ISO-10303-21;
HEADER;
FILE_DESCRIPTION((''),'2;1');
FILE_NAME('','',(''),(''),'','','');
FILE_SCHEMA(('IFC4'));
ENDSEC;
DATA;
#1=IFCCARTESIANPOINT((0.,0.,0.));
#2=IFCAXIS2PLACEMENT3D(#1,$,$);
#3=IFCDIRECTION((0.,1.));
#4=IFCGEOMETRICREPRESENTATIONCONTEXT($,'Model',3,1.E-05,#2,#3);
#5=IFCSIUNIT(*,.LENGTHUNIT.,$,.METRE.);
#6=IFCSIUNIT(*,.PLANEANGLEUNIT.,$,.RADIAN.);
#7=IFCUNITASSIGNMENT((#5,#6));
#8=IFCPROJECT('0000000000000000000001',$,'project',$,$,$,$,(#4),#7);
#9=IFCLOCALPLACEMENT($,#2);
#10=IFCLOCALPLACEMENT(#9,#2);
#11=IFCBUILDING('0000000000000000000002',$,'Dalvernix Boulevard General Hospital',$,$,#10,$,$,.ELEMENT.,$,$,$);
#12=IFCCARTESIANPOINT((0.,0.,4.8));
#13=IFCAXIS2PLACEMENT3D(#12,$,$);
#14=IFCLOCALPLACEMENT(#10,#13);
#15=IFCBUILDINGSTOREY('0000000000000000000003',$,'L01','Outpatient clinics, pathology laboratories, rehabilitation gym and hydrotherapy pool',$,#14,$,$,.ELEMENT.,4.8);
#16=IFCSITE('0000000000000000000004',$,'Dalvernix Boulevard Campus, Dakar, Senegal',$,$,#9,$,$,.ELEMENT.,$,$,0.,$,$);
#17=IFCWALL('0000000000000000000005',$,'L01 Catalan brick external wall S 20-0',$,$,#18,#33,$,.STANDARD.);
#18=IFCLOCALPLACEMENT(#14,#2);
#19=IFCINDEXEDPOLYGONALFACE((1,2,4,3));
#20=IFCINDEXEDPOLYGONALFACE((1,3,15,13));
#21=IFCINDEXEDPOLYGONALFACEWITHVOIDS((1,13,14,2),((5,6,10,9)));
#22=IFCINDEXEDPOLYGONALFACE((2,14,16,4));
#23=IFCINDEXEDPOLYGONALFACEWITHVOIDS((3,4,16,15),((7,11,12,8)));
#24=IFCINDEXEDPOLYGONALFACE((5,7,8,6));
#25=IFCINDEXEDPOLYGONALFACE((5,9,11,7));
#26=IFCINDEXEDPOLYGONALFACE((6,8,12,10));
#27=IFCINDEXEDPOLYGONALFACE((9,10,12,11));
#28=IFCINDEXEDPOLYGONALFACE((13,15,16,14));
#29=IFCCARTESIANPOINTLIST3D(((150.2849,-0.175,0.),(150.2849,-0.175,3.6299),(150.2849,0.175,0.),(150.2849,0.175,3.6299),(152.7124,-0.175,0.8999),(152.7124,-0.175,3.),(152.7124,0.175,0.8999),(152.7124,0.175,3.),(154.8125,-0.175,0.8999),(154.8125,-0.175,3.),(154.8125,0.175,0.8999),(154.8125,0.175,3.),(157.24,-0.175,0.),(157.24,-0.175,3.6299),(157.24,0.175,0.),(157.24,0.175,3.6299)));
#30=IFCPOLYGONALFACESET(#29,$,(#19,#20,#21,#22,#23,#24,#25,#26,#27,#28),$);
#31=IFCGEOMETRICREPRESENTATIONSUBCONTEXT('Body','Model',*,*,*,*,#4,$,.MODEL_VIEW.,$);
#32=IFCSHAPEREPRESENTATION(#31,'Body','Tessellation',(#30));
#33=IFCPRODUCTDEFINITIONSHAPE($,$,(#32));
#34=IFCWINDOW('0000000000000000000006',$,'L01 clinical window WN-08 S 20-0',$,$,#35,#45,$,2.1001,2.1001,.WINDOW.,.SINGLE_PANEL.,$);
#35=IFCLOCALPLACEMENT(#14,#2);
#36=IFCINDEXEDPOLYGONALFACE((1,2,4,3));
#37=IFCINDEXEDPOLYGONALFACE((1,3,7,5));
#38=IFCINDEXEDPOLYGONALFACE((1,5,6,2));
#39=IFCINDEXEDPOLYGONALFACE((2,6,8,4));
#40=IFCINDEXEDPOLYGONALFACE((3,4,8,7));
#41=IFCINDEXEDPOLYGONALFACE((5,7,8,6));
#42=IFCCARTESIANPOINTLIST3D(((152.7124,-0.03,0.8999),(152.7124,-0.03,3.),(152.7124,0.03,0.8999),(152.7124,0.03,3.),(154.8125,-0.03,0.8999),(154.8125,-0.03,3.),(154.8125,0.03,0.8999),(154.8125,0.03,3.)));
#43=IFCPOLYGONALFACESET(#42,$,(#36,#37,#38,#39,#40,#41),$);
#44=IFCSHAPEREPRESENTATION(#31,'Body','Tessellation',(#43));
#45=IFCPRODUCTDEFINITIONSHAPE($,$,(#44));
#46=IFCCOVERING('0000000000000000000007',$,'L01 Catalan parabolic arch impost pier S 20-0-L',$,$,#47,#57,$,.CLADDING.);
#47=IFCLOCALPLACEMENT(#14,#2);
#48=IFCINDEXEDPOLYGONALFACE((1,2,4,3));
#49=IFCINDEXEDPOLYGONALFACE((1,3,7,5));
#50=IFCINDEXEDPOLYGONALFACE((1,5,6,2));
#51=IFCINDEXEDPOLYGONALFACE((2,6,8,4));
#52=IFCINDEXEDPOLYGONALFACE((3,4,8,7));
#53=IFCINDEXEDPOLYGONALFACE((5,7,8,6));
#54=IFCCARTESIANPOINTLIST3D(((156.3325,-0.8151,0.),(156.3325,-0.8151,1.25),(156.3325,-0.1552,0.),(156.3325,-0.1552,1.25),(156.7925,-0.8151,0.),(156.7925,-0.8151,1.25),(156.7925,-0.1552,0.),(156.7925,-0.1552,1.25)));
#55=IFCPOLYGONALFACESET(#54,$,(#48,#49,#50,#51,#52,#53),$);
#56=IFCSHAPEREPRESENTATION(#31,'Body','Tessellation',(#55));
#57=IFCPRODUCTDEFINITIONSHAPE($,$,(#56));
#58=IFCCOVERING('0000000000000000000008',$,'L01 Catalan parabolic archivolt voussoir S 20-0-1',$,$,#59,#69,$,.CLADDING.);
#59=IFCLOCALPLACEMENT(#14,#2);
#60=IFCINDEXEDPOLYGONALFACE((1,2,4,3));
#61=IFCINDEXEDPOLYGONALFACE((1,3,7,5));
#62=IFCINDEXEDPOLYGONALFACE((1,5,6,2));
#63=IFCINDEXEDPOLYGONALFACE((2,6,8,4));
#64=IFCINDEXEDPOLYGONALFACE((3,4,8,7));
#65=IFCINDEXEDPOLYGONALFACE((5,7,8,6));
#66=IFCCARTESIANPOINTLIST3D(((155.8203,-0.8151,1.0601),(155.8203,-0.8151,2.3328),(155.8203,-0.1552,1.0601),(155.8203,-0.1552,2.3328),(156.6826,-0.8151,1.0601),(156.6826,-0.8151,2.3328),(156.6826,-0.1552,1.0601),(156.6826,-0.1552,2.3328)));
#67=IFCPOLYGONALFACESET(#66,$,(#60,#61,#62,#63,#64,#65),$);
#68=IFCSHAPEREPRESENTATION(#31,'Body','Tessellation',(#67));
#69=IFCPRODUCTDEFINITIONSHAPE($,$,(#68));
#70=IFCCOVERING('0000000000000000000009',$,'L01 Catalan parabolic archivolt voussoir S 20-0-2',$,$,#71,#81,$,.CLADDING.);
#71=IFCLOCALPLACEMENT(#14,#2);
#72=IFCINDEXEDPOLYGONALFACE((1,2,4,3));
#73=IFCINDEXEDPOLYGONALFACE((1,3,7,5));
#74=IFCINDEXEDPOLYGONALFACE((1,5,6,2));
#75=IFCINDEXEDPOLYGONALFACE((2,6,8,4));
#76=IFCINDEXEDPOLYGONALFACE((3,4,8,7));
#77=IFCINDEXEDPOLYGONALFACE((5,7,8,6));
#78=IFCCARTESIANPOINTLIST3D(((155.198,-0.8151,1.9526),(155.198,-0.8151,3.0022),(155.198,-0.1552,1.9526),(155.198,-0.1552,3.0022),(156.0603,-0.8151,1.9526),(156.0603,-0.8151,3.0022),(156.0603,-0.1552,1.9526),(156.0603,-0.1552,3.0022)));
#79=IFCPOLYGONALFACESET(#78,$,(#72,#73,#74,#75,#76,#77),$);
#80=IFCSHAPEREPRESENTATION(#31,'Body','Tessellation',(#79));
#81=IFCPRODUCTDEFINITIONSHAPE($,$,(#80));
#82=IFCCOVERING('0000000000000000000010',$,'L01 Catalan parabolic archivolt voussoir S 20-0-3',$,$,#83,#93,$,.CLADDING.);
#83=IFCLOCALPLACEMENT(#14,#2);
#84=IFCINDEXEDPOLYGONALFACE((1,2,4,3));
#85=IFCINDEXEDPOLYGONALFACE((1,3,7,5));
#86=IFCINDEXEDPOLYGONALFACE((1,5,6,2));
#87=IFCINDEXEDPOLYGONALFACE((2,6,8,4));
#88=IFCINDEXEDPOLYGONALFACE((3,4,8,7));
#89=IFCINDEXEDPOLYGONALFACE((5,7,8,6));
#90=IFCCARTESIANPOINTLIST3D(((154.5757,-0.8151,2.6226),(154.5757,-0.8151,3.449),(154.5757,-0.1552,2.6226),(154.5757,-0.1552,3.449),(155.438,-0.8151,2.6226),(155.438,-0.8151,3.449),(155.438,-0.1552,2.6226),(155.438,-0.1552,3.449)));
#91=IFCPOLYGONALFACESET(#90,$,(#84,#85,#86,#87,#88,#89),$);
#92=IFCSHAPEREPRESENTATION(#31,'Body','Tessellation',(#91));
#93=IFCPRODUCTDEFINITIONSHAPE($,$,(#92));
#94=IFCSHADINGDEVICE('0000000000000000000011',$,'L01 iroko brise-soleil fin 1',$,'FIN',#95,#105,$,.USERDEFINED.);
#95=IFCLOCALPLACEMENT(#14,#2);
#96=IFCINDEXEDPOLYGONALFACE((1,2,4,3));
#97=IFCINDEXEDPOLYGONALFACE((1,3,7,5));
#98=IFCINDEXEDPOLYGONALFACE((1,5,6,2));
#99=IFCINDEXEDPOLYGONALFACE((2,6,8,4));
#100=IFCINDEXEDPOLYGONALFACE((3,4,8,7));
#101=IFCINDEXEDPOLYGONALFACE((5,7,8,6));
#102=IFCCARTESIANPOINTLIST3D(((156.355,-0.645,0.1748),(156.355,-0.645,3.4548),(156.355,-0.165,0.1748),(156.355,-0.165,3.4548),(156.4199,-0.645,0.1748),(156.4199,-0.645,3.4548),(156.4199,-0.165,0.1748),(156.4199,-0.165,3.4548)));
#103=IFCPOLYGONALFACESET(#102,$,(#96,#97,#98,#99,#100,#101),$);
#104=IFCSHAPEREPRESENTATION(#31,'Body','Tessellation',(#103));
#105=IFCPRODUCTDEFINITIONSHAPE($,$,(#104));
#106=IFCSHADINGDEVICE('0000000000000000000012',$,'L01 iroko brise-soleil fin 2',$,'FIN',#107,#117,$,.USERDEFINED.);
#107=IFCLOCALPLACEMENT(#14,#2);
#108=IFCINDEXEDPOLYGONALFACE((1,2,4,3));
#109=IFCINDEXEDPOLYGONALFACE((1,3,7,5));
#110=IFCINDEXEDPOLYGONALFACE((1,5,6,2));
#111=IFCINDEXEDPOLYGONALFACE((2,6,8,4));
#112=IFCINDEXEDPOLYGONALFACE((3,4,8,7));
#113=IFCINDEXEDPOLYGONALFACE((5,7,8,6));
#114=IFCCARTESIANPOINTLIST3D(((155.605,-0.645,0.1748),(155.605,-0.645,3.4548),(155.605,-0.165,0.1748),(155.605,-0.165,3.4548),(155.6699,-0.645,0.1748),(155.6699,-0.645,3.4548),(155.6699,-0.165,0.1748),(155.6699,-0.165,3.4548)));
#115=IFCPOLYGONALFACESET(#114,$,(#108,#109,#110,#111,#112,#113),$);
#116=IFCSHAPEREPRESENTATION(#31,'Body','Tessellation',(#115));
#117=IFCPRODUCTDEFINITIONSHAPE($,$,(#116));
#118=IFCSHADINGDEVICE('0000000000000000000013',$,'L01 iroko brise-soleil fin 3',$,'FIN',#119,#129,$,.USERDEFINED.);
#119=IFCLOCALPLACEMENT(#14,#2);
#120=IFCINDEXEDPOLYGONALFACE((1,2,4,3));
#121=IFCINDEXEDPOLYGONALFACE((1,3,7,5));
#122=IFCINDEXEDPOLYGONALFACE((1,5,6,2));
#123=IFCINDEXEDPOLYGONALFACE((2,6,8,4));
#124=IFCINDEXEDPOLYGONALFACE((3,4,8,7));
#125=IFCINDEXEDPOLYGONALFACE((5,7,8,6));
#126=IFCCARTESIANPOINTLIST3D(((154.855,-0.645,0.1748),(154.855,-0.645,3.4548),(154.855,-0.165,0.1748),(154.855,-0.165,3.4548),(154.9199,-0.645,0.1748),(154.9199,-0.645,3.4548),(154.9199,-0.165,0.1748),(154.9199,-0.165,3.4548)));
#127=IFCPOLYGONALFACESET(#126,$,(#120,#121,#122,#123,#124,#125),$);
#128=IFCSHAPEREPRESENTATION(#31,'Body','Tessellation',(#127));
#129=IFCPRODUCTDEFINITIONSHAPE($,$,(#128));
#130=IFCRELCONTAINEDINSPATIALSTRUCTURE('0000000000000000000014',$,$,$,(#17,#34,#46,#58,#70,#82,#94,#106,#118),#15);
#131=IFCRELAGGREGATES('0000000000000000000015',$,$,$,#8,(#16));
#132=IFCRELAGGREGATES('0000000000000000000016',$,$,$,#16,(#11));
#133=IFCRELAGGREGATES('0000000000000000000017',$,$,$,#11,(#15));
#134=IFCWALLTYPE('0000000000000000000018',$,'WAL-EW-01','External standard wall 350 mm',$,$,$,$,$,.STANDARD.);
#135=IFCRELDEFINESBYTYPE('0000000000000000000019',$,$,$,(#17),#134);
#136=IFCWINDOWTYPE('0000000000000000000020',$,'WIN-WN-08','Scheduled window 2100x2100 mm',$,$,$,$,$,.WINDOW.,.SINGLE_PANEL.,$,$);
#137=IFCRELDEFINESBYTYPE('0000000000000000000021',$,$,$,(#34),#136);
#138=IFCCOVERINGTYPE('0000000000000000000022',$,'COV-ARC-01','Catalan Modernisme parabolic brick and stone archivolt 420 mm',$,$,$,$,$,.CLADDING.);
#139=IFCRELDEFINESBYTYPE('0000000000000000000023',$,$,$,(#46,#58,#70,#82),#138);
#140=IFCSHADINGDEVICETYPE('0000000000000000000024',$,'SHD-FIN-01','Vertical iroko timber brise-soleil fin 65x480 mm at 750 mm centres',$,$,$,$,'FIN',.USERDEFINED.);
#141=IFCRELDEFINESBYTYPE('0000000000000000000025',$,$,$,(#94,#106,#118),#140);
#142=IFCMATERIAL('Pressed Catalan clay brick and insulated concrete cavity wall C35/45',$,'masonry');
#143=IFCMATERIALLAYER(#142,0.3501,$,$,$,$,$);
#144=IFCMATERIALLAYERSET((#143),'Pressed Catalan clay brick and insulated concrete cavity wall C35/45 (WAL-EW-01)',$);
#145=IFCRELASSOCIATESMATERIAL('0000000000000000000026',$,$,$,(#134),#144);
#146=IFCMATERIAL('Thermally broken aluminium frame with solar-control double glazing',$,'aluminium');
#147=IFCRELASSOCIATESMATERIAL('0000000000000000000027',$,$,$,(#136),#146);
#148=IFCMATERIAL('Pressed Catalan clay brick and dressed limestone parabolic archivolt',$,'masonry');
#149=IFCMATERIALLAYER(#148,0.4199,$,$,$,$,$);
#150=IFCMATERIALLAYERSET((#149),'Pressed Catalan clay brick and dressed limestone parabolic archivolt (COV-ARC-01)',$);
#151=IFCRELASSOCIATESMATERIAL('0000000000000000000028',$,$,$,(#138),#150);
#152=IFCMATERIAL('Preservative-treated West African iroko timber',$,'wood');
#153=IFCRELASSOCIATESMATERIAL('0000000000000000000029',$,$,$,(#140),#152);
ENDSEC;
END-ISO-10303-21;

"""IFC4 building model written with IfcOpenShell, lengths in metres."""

from ifc_helpers import new_model, si_unit, direction, frame, frame_2d, origin, origin_2d, place, context, subcontext, project, spatial, rectangle, extrude, material, layer, layer_set, type_object, element, fill, save


model = new_model("IFC4")

# Units and contexts
model_context = context("Model", 3, precision=1e-05, world=origin(), true_north=direction((0.0, 1.0)))
body_context = subcontext(model_context, "Body", "Model", "MODEL_VIEW")
ifc_project = project(units=[si_unit("LENGTHUNIT", "METRE"), si_unit("PLANEANGLEUNIT", "RADIAN")], contexts=[model_context])

# Site, building, storey
site_placement = place(None, origin())
site = spatial("IfcSite", under=ifc_project, at=site_placement, Name="Dalvernix Boulevard Campus, Dakar, Senegal", CompositionType="ELEMENT", RefElevation=0.0)
building_placement = place(site_placement, origin())
building = spatial("IfcBuilding", under=site, at=building_placement, Name="Dalvernix Boulevard General Hospital", CompositionType="ELEMENT")
storey_placement = place(building_placement, frame((0.0, 0.0, 4.8)))
storey = spatial("IfcBuildingStorey", under=building, at=storey_placement, Name="L01", Description="Outpatient clinics, pathology laboratories, rehabilitation gym and hydrotherapy pool", CompositionType="ELEMENT", Elevation=4.8)

# Wall, opening, window
ifc_material_1 = material(Name="Pressed Catalan clay brick and insulated concrete cavity wall C35/45", Category="masonry")
ifc_layer_1 = layer(ifc_material_1, 0.3501)
ifc_layer_set_1 = layer_set([ifc_layer_1], Name="Pressed Catalan clay brick and insulated concrete cavity wall C35/45 (WAL-EW-01)")
wall_type = type_object("IfcWallType", Name="WAL-EW-01", Description="External standard wall 350 mm", PredefinedType="STANDARD", material=ifc_layer_set_1)
wall_placement = place(storey_placement, frame((157.24, 0.0, 0.0), z_axis=(0.0, 0.0, 1.0), x_axis=(-1.0, 0.0, 0.0)))
wall = element("IfcWall", 1, at=wall_placement, inside=storey, type_object=wall_type, Name="L01 Catalan brick external wall S 20-0", PredefinedType="STANDARD", context=body_context, shape_type="SweptSolid", body=[
    extrude(rectangle(XDim=6.9551, YDim=0.3501, at=frame_2d((3.4775, 0.0))), origin(), (0.0, 0.0, 1.0), 3.6299),
])
opening_placement = place(wall_placement, frame((2.4275, 0.0, 0.8999)))
opening = element("IfcOpeningElement", 2, at=opening_placement, cuts=wall, PredefinedType="OPENING", context=body_context, shape_type="SweptSolid", body=[
    extrude(rectangle(XDim=2.1001, YDim=2.1001, at=frame_2d((1.05, 1.05))), frame((0.0, 0.1851, 0.0), z_axis=(0.0, -1.0, 0.0), x_axis=(1.0, 0.0, 0.0)), (0.0, 0.0, 1.0), 0.3701),
])
ifc_material_2 = material(Name="Thermally broken aluminium frame with solar-control double glazing", Category="aluminium")
window_type = type_object("IfcWindowType", Name="WIN-WN-08", Description="Scheduled window 2100x2100 mm", PartitioningType="SINGLE_PANEL", PredefinedType="WINDOW", material=ifc_material_2)
window_placement = place(opening_placement, origin())
window = element("IfcWindow", 3, at=window_placement, inside=storey, type_object=window_type, Name="L01 clinical window WN-08 S 20-0", OverallHeight=2.1001, OverallWidth=2.1001, PartitioningType="SINGLE_PANEL", PredefinedType="WINDOW", context=body_context, shape_type="SweptSolid", body=[
    extrude(rectangle(XDim=2.1001, YDim=2.1001, at=frame_2d((1.05, 1.05))), frame((0.0, 0.03, 0.0), z_axis=(0.0, -1.0, 0.0), x_axis=(1.0, 0.0, 0.0)), (0.0, 0.0, 1.0), 0.0601),
])
fill(opening, window)

# Coverings
ifc_material_3 = material(Name="Pressed Catalan clay brick and dressed limestone parabolic archivolt", Category="masonry")
ifc_layer_2 = layer(ifc_material_3, 0.4199)
ifc_layer_set_2 = layer_set([ifc_layer_2], Name="Pressed Catalan clay brick and dressed limestone parabolic archivolt (COV-ARC-01)")
covering_type = type_object("IfcCoveringType", Name="COV-ARC-01", Description="Catalan Modernisme parabolic brick and stone archivolt 420 mm", PredefinedType="CLADDING", material=ifc_layer_set_2)
covering_1_placement = place(storey_placement, frame((156.5625, -0.4851, 0.0), z_axis=(0.0, 0.0, 1.0), x_axis=(-1.0, 0.0, 0.0)))
element("IfcCovering", 4, at=covering_1_placement, inside=storey, type_object=covering_type, Name="L01 Catalan parabolic arch impost pier S 20-0-L", PredefinedType="CLADDING", context=body_context, shape_type="SweptSolid", body=[
    extrude(rectangle(XDim=0.46, YDim=0.6599, at=origin_2d()), origin(), (0.0, 0.0, 1.0), 1.25),
])
covering_2_placement = place(storey_placement, frame((156.2515, -0.4851, 1.0601), z_axis=(0.0, 0.0, 1.0), x_axis=(-1.0, 0.0, 0.0)))
element("IfcCovering", 5, at=covering_2_placement, inside=storey, type_object=covering_type, Name="L01 Catalan parabolic archivolt voussoir S 20-0-1", PredefinedType="CLADDING", context=body_context, shape_type="SweptSolid", body=[
    extrude(rectangle(XDim=0.8623, YDim=0.6599, at=origin_2d()), origin(), (0.0, 0.0, 1.0), 1.2727),
])
covering_3_placement = place(storey_placement, frame((155.6292, -0.4851, 1.9526), z_axis=(0.0, 0.0, 1.0), x_axis=(-1.0, 0.0, 0.0)))
element("IfcCovering", 6, at=covering_3_placement, inside=storey, type_object=covering_type, Name="L01 Catalan parabolic archivolt voussoir S 20-0-2", PredefinedType="CLADDING", context=body_context, shape_type="SweptSolid", body=[
    extrude(rectangle(XDim=0.8623, YDim=0.6599, at=origin_2d()), origin(), (0.0, 0.0, 1.0), 1.0496),
])
covering_4_placement = place(storey_placement, frame((155.0068, -0.4851, 2.6226), z_axis=(0.0, 0.0, 1.0), x_axis=(-1.0, 0.0, 0.0)))
element("IfcCovering", 7, at=covering_4_placement, inside=storey, type_object=covering_type, Name="L01 Catalan parabolic archivolt voussoir S 20-0-3", PredefinedType="CLADDING", context=body_context, shape_type="SweptSolid", body=[
    extrude(rectangle(XDim=0.8623, YDim=0.6599, at=origin_2d()), origin(), (0.0, 0.0, 1.0), 0.8264),
])

# Shading devices
ifc_material_4 = material(Name="Preservative-treated West African iroko timber", Category="wood")
shading_device_type = type_object("IfcShadingDeviceType", Name="SHD-FIN-01", Description="Vertical iroko timber brise-soleil fin 65x480 mm at 750 mm centres", ElementType="FIN", PredefinedType="USERDEFINED", material=ifc_material_4)
for number, where, z_axis, x_axis, name in (
    (8, (156.3875, -0.405, 0.1748), (0.0, 0.0, 1.0), (-1.0, 0.0, 0.0), "L01 iroko brise-soleil fin 1"),
    (9, (155.6375, -0.405, 0.1748), (0.0, 0.0, 1.0), (-1.0, 0.0, 0.0), "L01 iroko brise-soleil fin 2"),
    (10, (154.8875, -0.405, 0.1748), (0.0, 0.0, 1.0), (-1.0, 0.0, 0.0), "L01 iroko brise-soleil fin 3"),
):
    element("IfcShadingDevice", number, at=place(storey_placement, frame(where, z_axis=z_axis, x_axis=x_axis)), inside=storey, type_object=shading_device_type, Name=name, ObjectType="FIN", PredefinedType="USERDEFINED", context=body_context, shape_type="SweptSolid", body=[
        extrude(rectangle(XDim=0.0649, YDim=0.48, at=origin_2d()), origin(), (0.0, 0.0, 1.0), 3.28),
    ])

save(model, "model.ifc")
